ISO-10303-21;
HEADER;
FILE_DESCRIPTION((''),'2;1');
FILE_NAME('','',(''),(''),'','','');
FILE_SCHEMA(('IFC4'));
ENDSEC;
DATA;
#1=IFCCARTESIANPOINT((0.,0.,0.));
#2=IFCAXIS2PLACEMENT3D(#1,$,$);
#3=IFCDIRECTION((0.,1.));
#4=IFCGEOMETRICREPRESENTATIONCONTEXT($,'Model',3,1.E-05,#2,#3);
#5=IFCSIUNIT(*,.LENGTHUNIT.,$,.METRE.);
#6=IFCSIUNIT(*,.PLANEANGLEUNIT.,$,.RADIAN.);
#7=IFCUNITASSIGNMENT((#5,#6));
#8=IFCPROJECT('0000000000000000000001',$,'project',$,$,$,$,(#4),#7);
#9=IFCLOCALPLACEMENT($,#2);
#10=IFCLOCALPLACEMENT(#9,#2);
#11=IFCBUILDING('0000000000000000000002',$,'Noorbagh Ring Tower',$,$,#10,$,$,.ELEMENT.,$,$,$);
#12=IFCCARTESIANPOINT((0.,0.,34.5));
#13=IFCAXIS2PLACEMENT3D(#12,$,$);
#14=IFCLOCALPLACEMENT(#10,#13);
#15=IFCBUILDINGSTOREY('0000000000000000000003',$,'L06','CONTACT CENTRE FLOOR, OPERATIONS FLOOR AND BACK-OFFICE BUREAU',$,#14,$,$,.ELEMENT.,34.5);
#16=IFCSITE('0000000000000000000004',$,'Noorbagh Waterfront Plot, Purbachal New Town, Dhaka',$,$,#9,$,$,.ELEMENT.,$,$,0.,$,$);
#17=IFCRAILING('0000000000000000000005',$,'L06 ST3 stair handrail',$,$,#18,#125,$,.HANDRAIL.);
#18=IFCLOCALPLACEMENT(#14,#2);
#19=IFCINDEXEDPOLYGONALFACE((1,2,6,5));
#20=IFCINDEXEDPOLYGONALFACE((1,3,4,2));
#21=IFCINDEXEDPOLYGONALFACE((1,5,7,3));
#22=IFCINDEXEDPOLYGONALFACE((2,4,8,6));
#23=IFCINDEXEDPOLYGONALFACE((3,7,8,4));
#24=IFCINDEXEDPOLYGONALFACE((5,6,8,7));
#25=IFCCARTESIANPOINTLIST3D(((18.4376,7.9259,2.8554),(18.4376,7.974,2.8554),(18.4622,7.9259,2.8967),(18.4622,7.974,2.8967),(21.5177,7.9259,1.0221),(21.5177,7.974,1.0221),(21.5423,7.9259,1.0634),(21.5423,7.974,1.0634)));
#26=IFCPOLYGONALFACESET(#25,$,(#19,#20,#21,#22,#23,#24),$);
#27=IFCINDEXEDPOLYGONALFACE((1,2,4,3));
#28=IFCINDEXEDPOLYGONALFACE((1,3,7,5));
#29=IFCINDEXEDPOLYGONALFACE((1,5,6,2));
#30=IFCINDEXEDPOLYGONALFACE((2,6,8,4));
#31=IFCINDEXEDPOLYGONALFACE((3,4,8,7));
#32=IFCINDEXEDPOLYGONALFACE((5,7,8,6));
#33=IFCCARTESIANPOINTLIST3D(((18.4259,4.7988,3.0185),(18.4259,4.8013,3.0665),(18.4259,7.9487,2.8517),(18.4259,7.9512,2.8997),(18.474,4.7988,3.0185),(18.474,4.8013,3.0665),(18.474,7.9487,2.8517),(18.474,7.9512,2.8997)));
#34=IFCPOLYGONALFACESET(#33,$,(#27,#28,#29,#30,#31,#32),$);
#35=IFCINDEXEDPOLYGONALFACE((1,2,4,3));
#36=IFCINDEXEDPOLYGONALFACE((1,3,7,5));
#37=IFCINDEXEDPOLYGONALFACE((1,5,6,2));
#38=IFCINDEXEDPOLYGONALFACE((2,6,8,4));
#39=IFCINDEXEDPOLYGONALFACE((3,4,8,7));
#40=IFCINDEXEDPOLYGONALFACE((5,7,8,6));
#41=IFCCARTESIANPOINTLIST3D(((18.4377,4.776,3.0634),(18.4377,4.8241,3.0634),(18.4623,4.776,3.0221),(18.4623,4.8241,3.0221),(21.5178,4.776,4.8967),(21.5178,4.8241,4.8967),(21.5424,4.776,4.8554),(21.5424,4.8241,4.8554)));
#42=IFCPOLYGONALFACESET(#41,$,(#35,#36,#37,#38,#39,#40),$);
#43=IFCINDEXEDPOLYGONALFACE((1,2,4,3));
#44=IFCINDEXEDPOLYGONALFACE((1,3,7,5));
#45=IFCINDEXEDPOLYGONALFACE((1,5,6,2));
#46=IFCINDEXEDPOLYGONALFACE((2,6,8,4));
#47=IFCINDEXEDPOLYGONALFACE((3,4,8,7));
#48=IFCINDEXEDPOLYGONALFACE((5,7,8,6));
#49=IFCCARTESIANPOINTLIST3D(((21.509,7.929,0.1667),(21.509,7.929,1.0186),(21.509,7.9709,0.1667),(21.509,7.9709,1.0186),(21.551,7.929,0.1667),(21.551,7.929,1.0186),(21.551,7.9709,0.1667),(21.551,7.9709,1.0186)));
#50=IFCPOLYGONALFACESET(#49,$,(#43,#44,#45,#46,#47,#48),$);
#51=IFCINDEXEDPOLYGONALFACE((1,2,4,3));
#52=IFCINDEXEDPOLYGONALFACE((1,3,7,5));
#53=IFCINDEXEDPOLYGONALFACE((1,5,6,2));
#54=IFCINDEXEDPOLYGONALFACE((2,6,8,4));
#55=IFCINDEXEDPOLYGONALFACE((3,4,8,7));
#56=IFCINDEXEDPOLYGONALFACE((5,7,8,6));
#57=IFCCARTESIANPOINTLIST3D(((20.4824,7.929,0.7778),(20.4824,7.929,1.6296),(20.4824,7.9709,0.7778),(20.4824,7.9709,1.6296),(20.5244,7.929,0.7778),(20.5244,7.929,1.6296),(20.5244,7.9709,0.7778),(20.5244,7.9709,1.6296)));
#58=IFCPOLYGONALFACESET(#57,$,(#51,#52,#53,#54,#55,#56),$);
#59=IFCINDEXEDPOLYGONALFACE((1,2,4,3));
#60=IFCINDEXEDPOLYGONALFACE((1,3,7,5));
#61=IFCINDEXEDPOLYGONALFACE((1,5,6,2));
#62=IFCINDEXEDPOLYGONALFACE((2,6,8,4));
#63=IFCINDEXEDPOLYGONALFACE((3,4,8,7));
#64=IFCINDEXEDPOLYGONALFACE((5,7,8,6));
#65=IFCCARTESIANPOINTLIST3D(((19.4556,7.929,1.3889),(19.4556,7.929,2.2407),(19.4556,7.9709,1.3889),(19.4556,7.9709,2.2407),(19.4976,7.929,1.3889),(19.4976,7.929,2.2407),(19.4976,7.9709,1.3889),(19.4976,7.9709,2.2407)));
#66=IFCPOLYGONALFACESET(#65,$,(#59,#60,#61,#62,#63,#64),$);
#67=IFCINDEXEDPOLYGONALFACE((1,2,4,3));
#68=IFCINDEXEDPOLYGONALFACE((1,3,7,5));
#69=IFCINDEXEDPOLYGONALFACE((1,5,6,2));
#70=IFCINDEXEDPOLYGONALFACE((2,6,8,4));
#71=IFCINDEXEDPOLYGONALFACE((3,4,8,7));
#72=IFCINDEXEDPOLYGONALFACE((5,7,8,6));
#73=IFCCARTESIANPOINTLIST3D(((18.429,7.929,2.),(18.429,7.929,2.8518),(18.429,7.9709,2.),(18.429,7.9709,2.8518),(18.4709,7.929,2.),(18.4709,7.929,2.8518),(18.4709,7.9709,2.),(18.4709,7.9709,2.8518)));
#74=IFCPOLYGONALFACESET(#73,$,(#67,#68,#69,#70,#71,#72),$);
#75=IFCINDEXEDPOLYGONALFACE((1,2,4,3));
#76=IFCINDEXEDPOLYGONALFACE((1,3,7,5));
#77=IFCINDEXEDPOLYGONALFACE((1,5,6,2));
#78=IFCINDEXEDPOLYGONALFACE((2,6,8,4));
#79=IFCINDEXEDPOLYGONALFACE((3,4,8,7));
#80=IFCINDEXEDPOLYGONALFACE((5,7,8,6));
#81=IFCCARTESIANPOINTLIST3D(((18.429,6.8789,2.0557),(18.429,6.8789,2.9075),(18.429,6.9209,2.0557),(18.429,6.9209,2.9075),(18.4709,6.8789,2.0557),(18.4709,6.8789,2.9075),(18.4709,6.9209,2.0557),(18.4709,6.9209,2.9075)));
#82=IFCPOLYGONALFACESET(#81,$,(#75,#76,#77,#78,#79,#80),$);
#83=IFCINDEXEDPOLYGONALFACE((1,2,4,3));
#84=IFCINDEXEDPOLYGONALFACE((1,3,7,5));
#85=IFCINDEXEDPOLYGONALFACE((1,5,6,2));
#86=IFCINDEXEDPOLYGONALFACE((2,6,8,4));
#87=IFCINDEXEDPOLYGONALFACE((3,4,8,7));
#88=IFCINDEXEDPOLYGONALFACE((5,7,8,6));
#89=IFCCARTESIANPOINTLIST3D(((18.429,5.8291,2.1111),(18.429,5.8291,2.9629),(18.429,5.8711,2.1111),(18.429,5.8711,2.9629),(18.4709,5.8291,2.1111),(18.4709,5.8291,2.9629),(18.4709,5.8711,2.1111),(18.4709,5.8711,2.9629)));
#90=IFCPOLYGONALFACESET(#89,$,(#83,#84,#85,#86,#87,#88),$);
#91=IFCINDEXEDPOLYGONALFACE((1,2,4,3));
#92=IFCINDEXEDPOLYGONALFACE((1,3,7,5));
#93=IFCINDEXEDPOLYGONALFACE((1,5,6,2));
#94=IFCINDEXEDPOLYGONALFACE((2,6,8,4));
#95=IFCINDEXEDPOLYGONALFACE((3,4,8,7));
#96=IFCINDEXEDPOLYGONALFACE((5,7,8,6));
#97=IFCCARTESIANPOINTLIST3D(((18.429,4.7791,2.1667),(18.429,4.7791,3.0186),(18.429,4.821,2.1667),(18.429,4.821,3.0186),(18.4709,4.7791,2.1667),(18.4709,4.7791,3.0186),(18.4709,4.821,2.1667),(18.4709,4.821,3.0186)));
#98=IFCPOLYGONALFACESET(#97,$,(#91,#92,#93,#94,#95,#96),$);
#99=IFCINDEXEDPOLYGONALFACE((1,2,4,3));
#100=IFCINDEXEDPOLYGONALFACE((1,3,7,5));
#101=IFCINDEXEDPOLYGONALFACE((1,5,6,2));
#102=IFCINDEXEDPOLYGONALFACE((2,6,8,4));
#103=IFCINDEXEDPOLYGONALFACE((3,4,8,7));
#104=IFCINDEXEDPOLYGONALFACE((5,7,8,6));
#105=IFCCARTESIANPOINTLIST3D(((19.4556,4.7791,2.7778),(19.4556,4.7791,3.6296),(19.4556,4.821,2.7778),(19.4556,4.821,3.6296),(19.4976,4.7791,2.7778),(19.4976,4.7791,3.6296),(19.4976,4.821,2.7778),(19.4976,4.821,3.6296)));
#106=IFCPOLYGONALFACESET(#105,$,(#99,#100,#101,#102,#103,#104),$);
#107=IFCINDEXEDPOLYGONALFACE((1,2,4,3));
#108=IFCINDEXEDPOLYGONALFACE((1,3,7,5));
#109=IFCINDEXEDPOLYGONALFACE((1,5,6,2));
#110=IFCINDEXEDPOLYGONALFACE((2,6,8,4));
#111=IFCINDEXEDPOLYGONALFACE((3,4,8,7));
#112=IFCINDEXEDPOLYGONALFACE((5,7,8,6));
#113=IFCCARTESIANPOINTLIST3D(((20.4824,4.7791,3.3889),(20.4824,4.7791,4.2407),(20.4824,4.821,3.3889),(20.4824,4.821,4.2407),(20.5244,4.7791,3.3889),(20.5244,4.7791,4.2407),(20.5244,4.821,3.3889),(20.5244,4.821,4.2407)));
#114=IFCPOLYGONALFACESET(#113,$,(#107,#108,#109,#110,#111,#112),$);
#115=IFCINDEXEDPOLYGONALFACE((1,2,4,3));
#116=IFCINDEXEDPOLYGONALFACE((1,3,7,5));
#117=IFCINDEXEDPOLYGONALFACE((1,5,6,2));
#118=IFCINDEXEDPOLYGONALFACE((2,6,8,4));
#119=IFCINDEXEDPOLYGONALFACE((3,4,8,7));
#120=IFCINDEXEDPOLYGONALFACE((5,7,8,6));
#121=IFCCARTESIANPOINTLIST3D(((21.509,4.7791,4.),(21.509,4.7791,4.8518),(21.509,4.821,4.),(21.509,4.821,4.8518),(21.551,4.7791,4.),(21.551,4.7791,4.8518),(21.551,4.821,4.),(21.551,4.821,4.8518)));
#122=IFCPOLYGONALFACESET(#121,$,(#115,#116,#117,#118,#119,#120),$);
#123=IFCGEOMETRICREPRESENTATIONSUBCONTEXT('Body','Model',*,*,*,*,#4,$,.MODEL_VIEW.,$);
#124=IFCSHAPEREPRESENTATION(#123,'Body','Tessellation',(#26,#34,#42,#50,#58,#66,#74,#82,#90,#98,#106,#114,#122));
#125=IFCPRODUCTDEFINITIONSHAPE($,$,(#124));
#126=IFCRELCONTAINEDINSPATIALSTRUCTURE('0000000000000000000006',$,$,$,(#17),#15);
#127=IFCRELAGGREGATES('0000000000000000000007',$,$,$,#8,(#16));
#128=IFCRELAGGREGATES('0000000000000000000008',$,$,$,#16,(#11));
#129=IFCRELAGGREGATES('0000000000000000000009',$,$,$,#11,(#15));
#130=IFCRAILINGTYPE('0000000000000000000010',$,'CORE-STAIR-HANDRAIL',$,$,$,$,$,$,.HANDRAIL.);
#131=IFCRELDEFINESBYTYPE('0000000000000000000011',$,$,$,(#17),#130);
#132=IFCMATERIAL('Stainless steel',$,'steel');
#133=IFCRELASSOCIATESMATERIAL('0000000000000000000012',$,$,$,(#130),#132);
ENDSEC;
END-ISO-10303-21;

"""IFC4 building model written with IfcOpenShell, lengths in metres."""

from ifc_helpers import new_model, si_unit, direction, frame, origin, origin_2d, place, context, subcontext, project, spatial, rectangle, extrude, material, type_object, element, save


model = new_model("IFC4")

# Units and contexts
model_context = context("Model", 3, precision=1e-05, world=origin(), true_north=direction((0.0, 1.0)))
body_context = subcontext(model_context, "Body", "Model", "MODEL_VIEW")
ifc_project = project(units=[si_unit("LENGTHUNIT", "METRE"), si_unit("PLANEANGLEUNIT", "RADIAN")], contexts=[model_context])

# Site, building, storey
site_placement = place(None, origin())
site = spatial("IfcSite", under=ifc_project, at=site_placement, Name="Noorbagh Waterfront Plot, Purbachal New Town, Dhaka", CompositionType="ELEMENT", RefElevation=0.0)
building_placement = place(site_placement, origin())
building = spatial("IfcBuilding", under=site, at=building_placement, Name="Noorbagh Ring Tower", CompositionType="ELEMENT")
storey_placement = place(building_placement, frame((0.0, 0.0, 34.5)))
storey = spatial("IfcBuildingStorey", under=building, at=storey_placement, Name="L06", Description="CONTACT CENTRE FLOOR, OPERATIONS FLOOR AND BACK-OFFICE BUREAU", CompositionType="ELEMENT", Elevation=34.5)

# Railing
ifc_material_1 = material(Name="Stainless steel", Category="steel")
railing_type_1 = type_object("IfcRailingType", Name="CORE-STAIR-HANDRAIL", PredefinedType="HANDRAIL", material=ifc_material_1)
railing_1_placement = place(storey_placement, frame((21.53, 7.95, 0.1667)))
element("IfcRailing", 1, at=railing_1_placement, inside=storey, type_object=railing_type_1, Name="L06 ST3 stair handrail", PredefinedType="HANDRAIL", context=body_context, shape_type="SweptSolid", body=[
    extrude(rectangle(XDim=0.0481, YDim=0.0481, at=origin_2d()), frame((0.0, 0.0, 0.876), z_axis=(-0.859309, 0.0, 0.511458), x_axis=(0.0, -1.0, 0.0)), (0.0, 0.0, 1.0), 3.5845),
    extrude(rectangle(XDim=0.0481, YDim=0.0481, at=origin_2d()), frame((-3.0801, 0.0, 2.709), z_axis=(0.0, -0.998602, 0.052864), x_axis=(1.0, 0.0, 0.0)), (0.0, 0.0, 1.0), 3.1543),
    extrude(rectangle(XDim=0.0481, YDim=0.0481, at=origin_2d()), frame((-3.0801, -3.1499, 2.876), z_axis=(0.859309, 0.0, 0.511458), x_axis=(0.0, 1.0, 0.0)), (0.0, 0.0, 1.0), 3.5845),
    extrude(rectangle(XDim=0.042, YDim=0.042, at=origin_2d()), origin(), (0.0, 0.0, 1.0), 0.8518),
    extrude(rectangle(XDim=0.042, YDim=0.042, at=origin_2d()), frame((-1.0266, 0.0, 0.6111)), (0.0, 0.0, 1.0), 0.8518),
    extrude(rectangle(XDim=0.042, YDim=0.042, at=origin_2d()), frame((-2.0535, 0.0, 1.2222)), (0.0, 0.0, 1.0), 0.8518),
    extrude(rectangle(XDim=0.042, YDim=0.042, at=origin_2d()), frame((-3.0801, 0.0, 1.8333)), (0.0, 0.0, 1.0), 0.8518),
    extrude(rectangle(XDim=0.042, YDim=0.042, at=origin_2d()), frame((-3.0801, -1.05, 1.8889)), (0.0, 0.0, 1.0), 0.8518),
    extrude(rectangle(XDim=0.042, YDim=0.042, at=origin_2d()), frame((-3.0801, -2.0999, 1.9443)), (0.0, 0.0, 1.0), 0.8518),
    extrude(rectangle(XDim=0.042, YDim=0.042, at=origin_2d()), frame((-3.0801, -3.1499, 2.0)), (0.0, 0.0, 1.0), 0.8518),
    extrude(rectangle(XDim=0.042, YDim=0.042, at=origin_2d()), frame((-2.0535, -3.1499, 2.6111)), (0.0, 0.0, 1.0), 0.8518),
    extrude(rectangle(XDim=0.042, YDim=0.042, at=origin_2d()), frame((-1.0266, -3.1499, 3.2222)), (0.0, 0.0, 1.0), 0.8518),
    extrude(rectangle(XDim=0.042, YDim=0.042, at=origin_2d()), frame((0.0, -3.1499, 3.8333)), (0.0, 0.0, 1.0), 0.8518),
])

save(model, "model.ifc")
